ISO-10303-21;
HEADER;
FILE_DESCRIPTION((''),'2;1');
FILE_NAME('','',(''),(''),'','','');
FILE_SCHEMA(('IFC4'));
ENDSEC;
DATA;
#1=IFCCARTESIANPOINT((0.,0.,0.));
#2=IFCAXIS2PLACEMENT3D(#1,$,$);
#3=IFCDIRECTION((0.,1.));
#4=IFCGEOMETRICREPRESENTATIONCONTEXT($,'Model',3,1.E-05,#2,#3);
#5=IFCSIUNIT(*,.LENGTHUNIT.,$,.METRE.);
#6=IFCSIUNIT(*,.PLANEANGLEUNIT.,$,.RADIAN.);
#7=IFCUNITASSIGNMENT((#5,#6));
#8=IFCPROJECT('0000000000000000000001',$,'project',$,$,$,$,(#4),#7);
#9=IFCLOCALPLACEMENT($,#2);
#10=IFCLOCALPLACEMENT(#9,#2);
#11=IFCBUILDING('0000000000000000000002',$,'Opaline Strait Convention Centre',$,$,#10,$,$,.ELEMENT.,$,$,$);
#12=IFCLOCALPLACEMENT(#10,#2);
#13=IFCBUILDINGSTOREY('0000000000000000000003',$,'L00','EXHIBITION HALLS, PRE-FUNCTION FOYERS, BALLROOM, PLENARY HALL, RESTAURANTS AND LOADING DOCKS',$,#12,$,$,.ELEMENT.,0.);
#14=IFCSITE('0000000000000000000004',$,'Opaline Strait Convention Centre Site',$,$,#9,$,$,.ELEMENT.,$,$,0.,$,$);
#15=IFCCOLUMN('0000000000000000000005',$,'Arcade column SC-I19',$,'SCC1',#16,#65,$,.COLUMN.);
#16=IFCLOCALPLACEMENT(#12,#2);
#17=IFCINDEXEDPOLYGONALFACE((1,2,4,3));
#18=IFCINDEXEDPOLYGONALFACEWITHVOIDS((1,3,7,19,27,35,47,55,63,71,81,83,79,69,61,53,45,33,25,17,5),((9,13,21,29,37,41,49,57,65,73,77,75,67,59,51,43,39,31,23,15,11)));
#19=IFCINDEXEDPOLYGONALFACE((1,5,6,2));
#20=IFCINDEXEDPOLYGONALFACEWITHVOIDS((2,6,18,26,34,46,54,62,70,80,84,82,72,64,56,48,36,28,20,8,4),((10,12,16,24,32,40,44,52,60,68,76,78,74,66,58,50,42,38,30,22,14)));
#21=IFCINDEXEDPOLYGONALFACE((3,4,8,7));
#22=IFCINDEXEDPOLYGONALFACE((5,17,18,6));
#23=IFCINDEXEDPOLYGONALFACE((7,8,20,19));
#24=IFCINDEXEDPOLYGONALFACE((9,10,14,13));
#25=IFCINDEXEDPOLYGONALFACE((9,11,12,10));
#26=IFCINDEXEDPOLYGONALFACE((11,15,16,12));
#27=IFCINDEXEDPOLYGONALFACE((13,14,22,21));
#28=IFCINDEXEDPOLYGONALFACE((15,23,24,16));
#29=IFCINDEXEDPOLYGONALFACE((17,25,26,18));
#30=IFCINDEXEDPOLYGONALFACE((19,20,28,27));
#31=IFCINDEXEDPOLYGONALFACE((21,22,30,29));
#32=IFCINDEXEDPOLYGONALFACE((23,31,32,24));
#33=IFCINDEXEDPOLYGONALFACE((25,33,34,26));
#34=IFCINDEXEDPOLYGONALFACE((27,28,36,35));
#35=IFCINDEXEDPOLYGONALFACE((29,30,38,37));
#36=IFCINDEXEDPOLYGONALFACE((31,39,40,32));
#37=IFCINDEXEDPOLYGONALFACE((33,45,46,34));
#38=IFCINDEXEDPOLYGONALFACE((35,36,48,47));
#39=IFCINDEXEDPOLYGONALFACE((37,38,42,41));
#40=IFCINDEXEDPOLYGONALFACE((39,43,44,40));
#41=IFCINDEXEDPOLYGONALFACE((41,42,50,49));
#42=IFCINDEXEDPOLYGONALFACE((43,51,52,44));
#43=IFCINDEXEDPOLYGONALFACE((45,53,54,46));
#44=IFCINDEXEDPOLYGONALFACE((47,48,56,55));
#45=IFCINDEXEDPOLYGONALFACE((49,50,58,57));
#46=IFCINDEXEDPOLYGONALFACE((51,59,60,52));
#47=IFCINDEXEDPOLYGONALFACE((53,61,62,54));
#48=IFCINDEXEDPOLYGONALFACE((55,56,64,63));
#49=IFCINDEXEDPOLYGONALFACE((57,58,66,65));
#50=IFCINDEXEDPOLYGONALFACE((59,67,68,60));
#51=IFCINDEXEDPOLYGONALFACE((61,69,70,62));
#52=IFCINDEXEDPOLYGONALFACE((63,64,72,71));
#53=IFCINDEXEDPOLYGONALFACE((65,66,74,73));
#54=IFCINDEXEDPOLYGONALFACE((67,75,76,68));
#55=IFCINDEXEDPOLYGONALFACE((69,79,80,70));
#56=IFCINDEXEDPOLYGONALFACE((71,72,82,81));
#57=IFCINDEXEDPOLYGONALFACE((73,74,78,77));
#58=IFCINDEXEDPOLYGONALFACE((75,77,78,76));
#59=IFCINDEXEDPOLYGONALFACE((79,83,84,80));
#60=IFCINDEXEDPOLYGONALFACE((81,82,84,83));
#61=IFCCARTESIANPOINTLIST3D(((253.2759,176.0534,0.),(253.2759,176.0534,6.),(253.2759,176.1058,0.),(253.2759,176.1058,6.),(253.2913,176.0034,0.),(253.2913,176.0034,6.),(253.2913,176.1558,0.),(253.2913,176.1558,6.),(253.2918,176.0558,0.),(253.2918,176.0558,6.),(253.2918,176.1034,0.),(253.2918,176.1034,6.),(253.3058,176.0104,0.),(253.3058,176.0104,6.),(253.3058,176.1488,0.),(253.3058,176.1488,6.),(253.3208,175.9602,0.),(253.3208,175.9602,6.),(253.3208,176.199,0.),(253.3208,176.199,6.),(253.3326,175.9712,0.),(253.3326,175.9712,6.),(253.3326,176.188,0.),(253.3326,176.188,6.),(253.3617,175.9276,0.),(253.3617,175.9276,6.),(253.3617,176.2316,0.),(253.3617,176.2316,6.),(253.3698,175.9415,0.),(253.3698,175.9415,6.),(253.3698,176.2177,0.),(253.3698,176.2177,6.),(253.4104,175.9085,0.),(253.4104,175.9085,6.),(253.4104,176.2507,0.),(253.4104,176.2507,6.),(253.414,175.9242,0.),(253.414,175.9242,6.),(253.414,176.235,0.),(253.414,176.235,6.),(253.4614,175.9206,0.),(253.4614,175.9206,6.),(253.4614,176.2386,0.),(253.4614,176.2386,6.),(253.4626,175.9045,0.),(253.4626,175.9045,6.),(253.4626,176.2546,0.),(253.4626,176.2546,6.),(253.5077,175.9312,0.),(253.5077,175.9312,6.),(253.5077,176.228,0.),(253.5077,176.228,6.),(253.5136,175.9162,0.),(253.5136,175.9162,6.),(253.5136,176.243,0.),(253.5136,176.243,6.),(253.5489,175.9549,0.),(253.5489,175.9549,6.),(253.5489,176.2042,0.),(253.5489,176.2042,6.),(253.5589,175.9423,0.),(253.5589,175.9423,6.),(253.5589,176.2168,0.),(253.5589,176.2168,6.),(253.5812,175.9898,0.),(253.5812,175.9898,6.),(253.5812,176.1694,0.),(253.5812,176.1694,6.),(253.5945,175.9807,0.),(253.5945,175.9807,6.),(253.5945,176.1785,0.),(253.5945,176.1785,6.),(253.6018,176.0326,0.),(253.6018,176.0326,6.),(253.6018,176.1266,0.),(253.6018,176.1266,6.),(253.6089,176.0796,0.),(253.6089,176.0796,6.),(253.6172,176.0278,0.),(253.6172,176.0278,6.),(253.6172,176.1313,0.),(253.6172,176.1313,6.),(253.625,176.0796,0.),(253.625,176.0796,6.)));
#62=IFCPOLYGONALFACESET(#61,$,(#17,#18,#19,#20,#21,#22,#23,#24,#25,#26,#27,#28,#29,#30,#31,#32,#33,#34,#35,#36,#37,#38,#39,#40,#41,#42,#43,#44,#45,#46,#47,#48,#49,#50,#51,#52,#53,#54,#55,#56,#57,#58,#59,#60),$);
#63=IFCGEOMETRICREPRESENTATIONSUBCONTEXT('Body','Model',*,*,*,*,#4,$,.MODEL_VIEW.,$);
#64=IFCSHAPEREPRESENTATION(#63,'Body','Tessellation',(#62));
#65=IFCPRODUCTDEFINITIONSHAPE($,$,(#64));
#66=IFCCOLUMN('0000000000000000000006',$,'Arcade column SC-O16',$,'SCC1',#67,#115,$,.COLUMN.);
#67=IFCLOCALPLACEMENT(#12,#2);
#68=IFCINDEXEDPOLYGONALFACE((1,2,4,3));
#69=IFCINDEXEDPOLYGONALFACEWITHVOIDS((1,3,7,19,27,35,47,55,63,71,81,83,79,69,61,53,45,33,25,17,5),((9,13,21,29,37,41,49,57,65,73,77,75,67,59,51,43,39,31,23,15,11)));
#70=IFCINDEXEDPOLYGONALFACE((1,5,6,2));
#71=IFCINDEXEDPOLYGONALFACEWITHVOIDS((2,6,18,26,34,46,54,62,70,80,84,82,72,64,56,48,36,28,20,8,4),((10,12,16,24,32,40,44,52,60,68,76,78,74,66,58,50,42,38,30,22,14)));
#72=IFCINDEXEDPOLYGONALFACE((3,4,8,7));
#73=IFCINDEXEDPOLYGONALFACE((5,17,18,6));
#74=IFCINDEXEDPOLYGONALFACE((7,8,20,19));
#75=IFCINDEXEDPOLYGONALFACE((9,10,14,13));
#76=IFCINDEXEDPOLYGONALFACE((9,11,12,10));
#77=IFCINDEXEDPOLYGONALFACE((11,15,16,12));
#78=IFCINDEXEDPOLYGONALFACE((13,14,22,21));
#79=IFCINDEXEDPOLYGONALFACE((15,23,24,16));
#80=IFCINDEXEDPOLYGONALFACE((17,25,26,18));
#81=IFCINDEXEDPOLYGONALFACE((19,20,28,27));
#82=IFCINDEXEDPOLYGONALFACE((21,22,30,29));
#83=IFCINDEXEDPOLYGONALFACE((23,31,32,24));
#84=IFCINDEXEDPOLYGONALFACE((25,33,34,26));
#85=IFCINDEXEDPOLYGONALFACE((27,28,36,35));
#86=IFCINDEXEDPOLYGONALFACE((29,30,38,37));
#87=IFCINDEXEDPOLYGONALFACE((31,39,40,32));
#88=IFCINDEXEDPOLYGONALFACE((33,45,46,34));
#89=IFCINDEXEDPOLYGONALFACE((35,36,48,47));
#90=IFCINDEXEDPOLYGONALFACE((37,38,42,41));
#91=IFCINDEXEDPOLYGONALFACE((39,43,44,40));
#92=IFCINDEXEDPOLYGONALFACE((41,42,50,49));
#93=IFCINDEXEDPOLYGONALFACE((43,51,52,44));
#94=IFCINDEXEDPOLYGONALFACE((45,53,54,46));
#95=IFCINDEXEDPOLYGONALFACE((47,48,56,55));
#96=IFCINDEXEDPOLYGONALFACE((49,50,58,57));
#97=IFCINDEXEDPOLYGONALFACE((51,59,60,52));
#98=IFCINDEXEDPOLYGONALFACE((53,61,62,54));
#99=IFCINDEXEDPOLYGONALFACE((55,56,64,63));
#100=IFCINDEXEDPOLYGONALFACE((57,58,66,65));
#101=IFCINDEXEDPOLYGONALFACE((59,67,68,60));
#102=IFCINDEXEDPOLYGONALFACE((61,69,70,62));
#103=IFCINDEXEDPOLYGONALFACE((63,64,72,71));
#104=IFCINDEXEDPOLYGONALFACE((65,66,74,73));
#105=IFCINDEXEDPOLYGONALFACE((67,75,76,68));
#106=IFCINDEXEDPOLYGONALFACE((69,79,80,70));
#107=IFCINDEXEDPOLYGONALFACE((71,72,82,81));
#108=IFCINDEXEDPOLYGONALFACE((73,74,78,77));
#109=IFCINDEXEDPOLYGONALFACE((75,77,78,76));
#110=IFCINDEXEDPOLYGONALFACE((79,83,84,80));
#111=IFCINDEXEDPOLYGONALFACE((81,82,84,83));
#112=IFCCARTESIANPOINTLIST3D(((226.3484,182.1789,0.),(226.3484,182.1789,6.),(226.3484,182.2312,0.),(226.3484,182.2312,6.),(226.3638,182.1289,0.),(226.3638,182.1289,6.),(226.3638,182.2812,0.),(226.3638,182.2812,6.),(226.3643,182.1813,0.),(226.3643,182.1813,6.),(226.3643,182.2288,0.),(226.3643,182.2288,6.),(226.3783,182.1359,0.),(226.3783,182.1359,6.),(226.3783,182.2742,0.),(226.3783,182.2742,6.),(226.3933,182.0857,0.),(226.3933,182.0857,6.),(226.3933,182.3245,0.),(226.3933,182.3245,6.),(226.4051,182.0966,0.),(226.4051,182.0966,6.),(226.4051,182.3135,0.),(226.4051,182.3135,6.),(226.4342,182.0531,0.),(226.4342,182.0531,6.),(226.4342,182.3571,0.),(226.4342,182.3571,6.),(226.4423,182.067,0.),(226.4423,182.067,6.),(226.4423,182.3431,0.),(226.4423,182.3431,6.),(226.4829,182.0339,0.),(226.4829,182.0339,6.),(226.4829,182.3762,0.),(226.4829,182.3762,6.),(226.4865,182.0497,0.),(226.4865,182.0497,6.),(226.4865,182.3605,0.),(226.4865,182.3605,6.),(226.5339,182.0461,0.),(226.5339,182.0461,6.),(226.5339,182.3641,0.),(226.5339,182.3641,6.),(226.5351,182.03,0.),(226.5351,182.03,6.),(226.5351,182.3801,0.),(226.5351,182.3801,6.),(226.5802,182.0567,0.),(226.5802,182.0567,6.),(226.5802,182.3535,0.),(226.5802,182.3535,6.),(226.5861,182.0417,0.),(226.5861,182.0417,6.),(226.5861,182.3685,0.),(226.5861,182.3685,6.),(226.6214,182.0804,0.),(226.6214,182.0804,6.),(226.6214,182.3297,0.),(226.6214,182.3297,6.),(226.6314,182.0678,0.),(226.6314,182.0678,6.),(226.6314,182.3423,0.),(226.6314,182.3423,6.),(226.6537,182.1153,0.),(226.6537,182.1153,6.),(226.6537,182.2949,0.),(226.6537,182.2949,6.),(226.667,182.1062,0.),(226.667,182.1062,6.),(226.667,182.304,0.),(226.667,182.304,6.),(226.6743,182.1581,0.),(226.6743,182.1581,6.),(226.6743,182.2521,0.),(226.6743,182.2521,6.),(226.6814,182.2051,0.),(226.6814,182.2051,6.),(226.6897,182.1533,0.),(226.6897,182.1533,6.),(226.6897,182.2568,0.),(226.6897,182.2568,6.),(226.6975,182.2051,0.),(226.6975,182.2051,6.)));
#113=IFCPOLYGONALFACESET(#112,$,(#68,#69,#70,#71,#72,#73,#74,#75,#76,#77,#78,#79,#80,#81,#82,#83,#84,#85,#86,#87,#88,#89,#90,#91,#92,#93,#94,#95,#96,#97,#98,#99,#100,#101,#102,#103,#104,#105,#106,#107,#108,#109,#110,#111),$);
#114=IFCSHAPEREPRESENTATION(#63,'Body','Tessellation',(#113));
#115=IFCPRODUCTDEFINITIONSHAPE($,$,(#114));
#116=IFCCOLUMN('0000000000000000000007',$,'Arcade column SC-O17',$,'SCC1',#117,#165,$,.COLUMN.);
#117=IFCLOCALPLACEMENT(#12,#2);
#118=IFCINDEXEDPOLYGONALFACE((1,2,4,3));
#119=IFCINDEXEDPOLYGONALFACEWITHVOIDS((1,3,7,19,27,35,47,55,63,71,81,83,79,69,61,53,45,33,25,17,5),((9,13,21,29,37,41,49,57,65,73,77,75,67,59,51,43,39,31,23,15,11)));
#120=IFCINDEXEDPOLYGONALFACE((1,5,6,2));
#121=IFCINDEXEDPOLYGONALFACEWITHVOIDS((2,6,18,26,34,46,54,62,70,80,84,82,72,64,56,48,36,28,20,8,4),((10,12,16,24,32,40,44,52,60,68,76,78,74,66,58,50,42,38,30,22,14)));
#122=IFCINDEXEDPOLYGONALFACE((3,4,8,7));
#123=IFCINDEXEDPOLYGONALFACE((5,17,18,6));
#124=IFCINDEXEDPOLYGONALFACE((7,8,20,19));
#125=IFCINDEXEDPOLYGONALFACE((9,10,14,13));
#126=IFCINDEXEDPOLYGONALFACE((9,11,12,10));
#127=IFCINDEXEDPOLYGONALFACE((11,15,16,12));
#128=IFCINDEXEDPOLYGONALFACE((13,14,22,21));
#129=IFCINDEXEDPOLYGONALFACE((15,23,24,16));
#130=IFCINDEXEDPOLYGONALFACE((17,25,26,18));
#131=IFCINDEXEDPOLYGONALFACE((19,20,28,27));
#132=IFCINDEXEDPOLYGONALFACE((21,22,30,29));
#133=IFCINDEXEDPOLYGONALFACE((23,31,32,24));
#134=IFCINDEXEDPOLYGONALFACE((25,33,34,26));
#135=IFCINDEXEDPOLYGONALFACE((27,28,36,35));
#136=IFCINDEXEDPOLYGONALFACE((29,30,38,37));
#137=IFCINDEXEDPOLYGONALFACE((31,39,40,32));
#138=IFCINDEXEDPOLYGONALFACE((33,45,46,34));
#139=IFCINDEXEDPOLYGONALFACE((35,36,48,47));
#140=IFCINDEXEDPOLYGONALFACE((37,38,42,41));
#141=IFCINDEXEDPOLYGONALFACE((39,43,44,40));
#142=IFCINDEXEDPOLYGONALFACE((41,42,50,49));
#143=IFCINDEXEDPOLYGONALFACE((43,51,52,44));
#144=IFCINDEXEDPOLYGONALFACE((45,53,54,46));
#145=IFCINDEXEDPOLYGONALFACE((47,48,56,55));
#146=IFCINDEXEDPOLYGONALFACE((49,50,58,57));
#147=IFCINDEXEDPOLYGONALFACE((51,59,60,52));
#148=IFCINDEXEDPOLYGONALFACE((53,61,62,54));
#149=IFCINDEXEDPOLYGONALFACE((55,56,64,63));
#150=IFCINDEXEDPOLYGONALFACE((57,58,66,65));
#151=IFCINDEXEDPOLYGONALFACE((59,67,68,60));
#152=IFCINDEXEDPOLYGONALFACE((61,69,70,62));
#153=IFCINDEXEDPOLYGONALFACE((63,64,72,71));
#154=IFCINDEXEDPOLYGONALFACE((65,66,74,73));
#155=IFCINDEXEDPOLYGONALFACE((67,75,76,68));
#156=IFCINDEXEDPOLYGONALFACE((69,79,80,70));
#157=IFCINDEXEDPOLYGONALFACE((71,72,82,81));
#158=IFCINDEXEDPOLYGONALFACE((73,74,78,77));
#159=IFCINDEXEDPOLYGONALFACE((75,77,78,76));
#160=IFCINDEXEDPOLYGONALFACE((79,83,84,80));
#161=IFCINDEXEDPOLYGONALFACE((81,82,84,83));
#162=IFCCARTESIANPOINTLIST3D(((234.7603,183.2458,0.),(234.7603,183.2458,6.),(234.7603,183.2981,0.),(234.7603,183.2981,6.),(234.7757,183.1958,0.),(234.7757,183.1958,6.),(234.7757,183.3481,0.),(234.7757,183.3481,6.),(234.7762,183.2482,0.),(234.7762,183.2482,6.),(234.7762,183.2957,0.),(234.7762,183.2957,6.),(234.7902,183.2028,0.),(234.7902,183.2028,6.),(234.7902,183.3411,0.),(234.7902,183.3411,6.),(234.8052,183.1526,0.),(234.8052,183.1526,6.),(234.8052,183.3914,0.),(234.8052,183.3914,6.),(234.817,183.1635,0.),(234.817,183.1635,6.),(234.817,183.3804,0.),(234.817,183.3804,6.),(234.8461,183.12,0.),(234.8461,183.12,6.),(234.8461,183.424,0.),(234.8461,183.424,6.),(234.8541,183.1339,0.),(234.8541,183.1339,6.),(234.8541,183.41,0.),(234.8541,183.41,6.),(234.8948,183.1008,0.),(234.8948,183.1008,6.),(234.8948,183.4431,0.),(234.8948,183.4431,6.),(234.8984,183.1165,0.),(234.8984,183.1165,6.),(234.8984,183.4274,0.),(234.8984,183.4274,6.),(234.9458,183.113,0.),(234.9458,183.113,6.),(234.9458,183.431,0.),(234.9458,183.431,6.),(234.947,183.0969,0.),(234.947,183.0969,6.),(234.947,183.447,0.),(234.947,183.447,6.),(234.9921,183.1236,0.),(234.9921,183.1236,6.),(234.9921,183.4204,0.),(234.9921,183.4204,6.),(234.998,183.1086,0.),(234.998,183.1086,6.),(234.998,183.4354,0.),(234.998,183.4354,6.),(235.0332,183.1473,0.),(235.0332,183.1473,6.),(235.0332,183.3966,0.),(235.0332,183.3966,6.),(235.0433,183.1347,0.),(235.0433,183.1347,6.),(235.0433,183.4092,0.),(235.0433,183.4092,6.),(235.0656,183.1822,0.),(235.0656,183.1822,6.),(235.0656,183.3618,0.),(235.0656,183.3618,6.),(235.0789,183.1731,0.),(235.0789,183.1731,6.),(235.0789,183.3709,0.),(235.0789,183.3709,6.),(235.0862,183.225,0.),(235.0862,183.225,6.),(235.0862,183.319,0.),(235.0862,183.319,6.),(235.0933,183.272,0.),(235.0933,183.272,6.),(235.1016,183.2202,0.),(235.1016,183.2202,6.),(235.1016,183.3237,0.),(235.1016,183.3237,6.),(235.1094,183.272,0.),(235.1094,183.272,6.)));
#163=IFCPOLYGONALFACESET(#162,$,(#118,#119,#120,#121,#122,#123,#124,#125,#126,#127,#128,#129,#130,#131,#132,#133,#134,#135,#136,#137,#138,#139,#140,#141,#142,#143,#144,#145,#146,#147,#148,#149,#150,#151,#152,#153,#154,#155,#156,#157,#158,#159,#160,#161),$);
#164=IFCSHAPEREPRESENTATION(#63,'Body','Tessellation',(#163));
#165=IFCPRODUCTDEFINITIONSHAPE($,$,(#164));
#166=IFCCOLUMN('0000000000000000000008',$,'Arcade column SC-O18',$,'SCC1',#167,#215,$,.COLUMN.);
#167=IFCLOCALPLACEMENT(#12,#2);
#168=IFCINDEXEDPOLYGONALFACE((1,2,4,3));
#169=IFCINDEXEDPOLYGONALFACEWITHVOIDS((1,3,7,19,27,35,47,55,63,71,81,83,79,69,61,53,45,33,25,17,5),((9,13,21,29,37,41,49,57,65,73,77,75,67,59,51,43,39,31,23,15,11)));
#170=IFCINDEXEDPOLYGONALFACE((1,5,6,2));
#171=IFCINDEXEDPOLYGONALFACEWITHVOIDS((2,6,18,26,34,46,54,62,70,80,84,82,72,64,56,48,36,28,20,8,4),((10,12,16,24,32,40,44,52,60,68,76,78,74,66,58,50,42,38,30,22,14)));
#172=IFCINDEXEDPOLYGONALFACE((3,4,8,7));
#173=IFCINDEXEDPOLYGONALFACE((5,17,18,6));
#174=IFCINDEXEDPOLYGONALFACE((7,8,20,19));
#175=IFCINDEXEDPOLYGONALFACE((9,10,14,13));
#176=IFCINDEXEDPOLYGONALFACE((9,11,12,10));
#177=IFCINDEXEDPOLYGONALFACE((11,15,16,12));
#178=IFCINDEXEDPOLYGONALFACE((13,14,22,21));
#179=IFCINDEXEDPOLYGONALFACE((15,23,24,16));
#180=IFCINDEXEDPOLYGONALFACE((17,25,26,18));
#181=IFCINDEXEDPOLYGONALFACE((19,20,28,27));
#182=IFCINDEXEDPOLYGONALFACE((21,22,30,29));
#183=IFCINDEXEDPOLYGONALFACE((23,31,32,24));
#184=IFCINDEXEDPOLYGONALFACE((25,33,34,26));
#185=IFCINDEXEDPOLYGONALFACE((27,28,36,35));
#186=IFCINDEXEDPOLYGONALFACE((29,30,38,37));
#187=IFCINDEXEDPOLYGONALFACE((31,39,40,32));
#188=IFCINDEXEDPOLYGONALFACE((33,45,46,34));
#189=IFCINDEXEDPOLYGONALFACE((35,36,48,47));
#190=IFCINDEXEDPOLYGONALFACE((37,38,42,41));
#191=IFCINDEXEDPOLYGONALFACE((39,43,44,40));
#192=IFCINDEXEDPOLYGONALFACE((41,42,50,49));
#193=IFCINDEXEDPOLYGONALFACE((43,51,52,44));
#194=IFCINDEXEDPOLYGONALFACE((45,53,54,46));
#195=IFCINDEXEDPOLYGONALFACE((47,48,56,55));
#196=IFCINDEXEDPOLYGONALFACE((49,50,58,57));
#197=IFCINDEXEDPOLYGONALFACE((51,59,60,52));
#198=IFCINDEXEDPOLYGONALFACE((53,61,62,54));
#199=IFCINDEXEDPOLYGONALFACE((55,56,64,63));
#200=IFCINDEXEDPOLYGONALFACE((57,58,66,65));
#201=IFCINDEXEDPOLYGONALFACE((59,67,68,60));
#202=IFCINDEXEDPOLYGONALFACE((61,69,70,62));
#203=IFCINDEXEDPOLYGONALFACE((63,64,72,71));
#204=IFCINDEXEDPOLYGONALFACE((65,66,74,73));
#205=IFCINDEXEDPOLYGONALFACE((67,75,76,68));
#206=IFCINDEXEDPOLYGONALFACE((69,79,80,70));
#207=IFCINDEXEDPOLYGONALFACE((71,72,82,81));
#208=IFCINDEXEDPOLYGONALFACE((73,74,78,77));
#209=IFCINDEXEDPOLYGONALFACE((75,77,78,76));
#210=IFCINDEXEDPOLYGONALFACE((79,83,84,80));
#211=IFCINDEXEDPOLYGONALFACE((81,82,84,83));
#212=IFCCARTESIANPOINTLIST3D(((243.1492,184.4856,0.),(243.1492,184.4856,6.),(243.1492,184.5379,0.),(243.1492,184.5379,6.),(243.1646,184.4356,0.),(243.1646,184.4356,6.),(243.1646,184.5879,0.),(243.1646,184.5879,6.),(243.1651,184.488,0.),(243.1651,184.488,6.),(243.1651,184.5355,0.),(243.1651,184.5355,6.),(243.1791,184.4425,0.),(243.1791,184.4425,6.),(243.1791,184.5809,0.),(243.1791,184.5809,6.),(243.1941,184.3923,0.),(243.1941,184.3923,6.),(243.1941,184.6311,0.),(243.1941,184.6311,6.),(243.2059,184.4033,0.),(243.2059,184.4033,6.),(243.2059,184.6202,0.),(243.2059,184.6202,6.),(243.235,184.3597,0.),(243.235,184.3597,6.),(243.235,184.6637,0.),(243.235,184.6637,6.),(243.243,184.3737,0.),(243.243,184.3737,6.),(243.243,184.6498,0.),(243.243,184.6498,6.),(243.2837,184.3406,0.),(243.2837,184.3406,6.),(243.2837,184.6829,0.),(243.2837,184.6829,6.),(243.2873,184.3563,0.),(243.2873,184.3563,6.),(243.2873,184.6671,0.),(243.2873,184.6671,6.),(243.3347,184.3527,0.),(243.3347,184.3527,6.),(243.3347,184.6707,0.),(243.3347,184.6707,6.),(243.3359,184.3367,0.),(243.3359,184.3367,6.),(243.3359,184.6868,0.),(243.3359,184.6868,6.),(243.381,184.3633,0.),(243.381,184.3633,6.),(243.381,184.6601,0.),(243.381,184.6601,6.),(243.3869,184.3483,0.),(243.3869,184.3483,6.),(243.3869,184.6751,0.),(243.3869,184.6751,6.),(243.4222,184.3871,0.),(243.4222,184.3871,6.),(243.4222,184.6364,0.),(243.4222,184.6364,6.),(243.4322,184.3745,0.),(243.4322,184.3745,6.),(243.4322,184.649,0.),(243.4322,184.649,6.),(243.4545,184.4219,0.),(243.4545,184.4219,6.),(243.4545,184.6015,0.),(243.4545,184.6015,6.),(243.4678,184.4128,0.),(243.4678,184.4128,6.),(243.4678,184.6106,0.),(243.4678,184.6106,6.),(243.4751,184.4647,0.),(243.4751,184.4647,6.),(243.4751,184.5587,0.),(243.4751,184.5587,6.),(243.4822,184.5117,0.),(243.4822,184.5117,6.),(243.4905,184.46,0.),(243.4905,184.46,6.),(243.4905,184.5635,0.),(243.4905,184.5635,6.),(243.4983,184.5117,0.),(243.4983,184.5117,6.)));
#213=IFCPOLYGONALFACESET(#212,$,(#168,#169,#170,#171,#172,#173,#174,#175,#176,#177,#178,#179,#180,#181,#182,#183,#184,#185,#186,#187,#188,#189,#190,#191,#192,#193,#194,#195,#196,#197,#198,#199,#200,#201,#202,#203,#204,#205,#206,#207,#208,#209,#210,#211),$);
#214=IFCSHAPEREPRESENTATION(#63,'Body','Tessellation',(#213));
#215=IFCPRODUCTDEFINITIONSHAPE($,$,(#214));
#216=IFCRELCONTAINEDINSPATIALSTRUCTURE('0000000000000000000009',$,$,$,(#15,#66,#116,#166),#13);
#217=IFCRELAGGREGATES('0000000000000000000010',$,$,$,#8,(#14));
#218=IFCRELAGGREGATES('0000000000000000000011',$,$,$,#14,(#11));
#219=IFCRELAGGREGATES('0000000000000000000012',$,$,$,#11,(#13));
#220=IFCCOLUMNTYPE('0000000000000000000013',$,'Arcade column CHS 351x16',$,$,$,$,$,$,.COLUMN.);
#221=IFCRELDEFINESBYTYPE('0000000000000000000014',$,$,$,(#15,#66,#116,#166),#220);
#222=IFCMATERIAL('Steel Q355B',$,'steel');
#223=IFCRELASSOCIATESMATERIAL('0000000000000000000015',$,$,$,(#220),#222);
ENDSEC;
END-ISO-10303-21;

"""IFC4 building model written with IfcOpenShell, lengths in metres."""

from ifc_helpers import new_model, si_unit, direction, frame, origin, origin_2d, place, context, subcontext, project, spatial, hollow_circle, extrude, material, material_profile, profile_set, type_object, element, save


model = new_model("IFC4")

# Units and contexts
model_context = context("Model", 3, precision=1e-05, world=origin(), true_north=direction((0.0, 1.0)))
body_context = subcontext(model_context, "Body", "Model", "MODEL_VIEW")
ifc_project = project(units=[si_unit("LENGTHUNIT", "METRE"), si_unit("PLANEANGLEUNIT", "RADIAN")], contexts=[model_context])

# Site, building, storey
site_placement = place(None, origin())
site = spatial("IfcSite", under=ifc_project, at=site_placement, Name="Opaline Strait Convention Centre Site", CompositionType="ELEMENT", RefElevation=0.0)
building_placement = place(site_placement, origin())
building = spatial("IfcBuilding", under=site, at=building_placement, Name="Opaline Strait Convention Centre", CompositionType="ELEMENT")
storey_placement = place(building_placement, origin())
storey = spatial("IfcBuildingStorey", under=building, at=storey_placement, Name="L00", Description="EXHIBITION HALLS, PRE-FUNCTION FOYERS, BALLROOM, PLENARY HALL, RESTAURANTS AND LOADING DOCKS", CompositionType="ELEMENT", Elevation=0.0)

# Columns
ifc_material_1 = material(Name="Steel Q355B", Category="steel")
ifc_material_profile_1 = material_profile(ifc_material_1, hollow_circle(Radius=0.1755, WallThickness=0.0161, at=origin_2d()), Name="CHS 351x16")
ifc_profile_set_1 = profile_set([ifc_material_profile_1], Name="Steel Q355B")
column_type = type_object("IfcColumnType", Name="Arcade column CHS 351x16", PredefinedType="COLUMN", material=ifc_profile_set_1)
for number, where, z_axis, x_axis, name in (
    (1, (253.4495, 176.0796, 0.0), (0.0, 0.0, 1.0), (1.0, 0.0, 0.0), "Arcade column SC-I19"),
    (2, (226.522, 182.2051, 0.0), (0.0, 0.0, 1.0), (1.0, 0.0, 0.0), "Arcade column SC-O16"),
    (3, (234.9338, 183.272, 0.0), (0.0, 0.0, 1.0), (1.0, 0.0, 0.0), "Arcade column SC-O17"),
    (4, (243.3228, 184.5117, 0.0), (0.0, 0.0, 1.0), (1.0, 0.0, 0.0), "Arcade column SC-O18"),
):
    element("IfcColumn", number, at=place(storey_placement, frame(where, z_axis=z_axis, x_axis=x_axis)), inside=storey, type_object=column_type, Name=name, ObjectType="SCC1", PredefinedType="COLUMN", context=body_context, shape_type="SweptSolid", body=[
        extrude(hollow_circle(Radius=0.1755, WallThickness=0.0161, at=origin_2d()), origin(), (0.0, 0.0, 1.0), 6.0),
    ])

save(model, "model.ifc")
